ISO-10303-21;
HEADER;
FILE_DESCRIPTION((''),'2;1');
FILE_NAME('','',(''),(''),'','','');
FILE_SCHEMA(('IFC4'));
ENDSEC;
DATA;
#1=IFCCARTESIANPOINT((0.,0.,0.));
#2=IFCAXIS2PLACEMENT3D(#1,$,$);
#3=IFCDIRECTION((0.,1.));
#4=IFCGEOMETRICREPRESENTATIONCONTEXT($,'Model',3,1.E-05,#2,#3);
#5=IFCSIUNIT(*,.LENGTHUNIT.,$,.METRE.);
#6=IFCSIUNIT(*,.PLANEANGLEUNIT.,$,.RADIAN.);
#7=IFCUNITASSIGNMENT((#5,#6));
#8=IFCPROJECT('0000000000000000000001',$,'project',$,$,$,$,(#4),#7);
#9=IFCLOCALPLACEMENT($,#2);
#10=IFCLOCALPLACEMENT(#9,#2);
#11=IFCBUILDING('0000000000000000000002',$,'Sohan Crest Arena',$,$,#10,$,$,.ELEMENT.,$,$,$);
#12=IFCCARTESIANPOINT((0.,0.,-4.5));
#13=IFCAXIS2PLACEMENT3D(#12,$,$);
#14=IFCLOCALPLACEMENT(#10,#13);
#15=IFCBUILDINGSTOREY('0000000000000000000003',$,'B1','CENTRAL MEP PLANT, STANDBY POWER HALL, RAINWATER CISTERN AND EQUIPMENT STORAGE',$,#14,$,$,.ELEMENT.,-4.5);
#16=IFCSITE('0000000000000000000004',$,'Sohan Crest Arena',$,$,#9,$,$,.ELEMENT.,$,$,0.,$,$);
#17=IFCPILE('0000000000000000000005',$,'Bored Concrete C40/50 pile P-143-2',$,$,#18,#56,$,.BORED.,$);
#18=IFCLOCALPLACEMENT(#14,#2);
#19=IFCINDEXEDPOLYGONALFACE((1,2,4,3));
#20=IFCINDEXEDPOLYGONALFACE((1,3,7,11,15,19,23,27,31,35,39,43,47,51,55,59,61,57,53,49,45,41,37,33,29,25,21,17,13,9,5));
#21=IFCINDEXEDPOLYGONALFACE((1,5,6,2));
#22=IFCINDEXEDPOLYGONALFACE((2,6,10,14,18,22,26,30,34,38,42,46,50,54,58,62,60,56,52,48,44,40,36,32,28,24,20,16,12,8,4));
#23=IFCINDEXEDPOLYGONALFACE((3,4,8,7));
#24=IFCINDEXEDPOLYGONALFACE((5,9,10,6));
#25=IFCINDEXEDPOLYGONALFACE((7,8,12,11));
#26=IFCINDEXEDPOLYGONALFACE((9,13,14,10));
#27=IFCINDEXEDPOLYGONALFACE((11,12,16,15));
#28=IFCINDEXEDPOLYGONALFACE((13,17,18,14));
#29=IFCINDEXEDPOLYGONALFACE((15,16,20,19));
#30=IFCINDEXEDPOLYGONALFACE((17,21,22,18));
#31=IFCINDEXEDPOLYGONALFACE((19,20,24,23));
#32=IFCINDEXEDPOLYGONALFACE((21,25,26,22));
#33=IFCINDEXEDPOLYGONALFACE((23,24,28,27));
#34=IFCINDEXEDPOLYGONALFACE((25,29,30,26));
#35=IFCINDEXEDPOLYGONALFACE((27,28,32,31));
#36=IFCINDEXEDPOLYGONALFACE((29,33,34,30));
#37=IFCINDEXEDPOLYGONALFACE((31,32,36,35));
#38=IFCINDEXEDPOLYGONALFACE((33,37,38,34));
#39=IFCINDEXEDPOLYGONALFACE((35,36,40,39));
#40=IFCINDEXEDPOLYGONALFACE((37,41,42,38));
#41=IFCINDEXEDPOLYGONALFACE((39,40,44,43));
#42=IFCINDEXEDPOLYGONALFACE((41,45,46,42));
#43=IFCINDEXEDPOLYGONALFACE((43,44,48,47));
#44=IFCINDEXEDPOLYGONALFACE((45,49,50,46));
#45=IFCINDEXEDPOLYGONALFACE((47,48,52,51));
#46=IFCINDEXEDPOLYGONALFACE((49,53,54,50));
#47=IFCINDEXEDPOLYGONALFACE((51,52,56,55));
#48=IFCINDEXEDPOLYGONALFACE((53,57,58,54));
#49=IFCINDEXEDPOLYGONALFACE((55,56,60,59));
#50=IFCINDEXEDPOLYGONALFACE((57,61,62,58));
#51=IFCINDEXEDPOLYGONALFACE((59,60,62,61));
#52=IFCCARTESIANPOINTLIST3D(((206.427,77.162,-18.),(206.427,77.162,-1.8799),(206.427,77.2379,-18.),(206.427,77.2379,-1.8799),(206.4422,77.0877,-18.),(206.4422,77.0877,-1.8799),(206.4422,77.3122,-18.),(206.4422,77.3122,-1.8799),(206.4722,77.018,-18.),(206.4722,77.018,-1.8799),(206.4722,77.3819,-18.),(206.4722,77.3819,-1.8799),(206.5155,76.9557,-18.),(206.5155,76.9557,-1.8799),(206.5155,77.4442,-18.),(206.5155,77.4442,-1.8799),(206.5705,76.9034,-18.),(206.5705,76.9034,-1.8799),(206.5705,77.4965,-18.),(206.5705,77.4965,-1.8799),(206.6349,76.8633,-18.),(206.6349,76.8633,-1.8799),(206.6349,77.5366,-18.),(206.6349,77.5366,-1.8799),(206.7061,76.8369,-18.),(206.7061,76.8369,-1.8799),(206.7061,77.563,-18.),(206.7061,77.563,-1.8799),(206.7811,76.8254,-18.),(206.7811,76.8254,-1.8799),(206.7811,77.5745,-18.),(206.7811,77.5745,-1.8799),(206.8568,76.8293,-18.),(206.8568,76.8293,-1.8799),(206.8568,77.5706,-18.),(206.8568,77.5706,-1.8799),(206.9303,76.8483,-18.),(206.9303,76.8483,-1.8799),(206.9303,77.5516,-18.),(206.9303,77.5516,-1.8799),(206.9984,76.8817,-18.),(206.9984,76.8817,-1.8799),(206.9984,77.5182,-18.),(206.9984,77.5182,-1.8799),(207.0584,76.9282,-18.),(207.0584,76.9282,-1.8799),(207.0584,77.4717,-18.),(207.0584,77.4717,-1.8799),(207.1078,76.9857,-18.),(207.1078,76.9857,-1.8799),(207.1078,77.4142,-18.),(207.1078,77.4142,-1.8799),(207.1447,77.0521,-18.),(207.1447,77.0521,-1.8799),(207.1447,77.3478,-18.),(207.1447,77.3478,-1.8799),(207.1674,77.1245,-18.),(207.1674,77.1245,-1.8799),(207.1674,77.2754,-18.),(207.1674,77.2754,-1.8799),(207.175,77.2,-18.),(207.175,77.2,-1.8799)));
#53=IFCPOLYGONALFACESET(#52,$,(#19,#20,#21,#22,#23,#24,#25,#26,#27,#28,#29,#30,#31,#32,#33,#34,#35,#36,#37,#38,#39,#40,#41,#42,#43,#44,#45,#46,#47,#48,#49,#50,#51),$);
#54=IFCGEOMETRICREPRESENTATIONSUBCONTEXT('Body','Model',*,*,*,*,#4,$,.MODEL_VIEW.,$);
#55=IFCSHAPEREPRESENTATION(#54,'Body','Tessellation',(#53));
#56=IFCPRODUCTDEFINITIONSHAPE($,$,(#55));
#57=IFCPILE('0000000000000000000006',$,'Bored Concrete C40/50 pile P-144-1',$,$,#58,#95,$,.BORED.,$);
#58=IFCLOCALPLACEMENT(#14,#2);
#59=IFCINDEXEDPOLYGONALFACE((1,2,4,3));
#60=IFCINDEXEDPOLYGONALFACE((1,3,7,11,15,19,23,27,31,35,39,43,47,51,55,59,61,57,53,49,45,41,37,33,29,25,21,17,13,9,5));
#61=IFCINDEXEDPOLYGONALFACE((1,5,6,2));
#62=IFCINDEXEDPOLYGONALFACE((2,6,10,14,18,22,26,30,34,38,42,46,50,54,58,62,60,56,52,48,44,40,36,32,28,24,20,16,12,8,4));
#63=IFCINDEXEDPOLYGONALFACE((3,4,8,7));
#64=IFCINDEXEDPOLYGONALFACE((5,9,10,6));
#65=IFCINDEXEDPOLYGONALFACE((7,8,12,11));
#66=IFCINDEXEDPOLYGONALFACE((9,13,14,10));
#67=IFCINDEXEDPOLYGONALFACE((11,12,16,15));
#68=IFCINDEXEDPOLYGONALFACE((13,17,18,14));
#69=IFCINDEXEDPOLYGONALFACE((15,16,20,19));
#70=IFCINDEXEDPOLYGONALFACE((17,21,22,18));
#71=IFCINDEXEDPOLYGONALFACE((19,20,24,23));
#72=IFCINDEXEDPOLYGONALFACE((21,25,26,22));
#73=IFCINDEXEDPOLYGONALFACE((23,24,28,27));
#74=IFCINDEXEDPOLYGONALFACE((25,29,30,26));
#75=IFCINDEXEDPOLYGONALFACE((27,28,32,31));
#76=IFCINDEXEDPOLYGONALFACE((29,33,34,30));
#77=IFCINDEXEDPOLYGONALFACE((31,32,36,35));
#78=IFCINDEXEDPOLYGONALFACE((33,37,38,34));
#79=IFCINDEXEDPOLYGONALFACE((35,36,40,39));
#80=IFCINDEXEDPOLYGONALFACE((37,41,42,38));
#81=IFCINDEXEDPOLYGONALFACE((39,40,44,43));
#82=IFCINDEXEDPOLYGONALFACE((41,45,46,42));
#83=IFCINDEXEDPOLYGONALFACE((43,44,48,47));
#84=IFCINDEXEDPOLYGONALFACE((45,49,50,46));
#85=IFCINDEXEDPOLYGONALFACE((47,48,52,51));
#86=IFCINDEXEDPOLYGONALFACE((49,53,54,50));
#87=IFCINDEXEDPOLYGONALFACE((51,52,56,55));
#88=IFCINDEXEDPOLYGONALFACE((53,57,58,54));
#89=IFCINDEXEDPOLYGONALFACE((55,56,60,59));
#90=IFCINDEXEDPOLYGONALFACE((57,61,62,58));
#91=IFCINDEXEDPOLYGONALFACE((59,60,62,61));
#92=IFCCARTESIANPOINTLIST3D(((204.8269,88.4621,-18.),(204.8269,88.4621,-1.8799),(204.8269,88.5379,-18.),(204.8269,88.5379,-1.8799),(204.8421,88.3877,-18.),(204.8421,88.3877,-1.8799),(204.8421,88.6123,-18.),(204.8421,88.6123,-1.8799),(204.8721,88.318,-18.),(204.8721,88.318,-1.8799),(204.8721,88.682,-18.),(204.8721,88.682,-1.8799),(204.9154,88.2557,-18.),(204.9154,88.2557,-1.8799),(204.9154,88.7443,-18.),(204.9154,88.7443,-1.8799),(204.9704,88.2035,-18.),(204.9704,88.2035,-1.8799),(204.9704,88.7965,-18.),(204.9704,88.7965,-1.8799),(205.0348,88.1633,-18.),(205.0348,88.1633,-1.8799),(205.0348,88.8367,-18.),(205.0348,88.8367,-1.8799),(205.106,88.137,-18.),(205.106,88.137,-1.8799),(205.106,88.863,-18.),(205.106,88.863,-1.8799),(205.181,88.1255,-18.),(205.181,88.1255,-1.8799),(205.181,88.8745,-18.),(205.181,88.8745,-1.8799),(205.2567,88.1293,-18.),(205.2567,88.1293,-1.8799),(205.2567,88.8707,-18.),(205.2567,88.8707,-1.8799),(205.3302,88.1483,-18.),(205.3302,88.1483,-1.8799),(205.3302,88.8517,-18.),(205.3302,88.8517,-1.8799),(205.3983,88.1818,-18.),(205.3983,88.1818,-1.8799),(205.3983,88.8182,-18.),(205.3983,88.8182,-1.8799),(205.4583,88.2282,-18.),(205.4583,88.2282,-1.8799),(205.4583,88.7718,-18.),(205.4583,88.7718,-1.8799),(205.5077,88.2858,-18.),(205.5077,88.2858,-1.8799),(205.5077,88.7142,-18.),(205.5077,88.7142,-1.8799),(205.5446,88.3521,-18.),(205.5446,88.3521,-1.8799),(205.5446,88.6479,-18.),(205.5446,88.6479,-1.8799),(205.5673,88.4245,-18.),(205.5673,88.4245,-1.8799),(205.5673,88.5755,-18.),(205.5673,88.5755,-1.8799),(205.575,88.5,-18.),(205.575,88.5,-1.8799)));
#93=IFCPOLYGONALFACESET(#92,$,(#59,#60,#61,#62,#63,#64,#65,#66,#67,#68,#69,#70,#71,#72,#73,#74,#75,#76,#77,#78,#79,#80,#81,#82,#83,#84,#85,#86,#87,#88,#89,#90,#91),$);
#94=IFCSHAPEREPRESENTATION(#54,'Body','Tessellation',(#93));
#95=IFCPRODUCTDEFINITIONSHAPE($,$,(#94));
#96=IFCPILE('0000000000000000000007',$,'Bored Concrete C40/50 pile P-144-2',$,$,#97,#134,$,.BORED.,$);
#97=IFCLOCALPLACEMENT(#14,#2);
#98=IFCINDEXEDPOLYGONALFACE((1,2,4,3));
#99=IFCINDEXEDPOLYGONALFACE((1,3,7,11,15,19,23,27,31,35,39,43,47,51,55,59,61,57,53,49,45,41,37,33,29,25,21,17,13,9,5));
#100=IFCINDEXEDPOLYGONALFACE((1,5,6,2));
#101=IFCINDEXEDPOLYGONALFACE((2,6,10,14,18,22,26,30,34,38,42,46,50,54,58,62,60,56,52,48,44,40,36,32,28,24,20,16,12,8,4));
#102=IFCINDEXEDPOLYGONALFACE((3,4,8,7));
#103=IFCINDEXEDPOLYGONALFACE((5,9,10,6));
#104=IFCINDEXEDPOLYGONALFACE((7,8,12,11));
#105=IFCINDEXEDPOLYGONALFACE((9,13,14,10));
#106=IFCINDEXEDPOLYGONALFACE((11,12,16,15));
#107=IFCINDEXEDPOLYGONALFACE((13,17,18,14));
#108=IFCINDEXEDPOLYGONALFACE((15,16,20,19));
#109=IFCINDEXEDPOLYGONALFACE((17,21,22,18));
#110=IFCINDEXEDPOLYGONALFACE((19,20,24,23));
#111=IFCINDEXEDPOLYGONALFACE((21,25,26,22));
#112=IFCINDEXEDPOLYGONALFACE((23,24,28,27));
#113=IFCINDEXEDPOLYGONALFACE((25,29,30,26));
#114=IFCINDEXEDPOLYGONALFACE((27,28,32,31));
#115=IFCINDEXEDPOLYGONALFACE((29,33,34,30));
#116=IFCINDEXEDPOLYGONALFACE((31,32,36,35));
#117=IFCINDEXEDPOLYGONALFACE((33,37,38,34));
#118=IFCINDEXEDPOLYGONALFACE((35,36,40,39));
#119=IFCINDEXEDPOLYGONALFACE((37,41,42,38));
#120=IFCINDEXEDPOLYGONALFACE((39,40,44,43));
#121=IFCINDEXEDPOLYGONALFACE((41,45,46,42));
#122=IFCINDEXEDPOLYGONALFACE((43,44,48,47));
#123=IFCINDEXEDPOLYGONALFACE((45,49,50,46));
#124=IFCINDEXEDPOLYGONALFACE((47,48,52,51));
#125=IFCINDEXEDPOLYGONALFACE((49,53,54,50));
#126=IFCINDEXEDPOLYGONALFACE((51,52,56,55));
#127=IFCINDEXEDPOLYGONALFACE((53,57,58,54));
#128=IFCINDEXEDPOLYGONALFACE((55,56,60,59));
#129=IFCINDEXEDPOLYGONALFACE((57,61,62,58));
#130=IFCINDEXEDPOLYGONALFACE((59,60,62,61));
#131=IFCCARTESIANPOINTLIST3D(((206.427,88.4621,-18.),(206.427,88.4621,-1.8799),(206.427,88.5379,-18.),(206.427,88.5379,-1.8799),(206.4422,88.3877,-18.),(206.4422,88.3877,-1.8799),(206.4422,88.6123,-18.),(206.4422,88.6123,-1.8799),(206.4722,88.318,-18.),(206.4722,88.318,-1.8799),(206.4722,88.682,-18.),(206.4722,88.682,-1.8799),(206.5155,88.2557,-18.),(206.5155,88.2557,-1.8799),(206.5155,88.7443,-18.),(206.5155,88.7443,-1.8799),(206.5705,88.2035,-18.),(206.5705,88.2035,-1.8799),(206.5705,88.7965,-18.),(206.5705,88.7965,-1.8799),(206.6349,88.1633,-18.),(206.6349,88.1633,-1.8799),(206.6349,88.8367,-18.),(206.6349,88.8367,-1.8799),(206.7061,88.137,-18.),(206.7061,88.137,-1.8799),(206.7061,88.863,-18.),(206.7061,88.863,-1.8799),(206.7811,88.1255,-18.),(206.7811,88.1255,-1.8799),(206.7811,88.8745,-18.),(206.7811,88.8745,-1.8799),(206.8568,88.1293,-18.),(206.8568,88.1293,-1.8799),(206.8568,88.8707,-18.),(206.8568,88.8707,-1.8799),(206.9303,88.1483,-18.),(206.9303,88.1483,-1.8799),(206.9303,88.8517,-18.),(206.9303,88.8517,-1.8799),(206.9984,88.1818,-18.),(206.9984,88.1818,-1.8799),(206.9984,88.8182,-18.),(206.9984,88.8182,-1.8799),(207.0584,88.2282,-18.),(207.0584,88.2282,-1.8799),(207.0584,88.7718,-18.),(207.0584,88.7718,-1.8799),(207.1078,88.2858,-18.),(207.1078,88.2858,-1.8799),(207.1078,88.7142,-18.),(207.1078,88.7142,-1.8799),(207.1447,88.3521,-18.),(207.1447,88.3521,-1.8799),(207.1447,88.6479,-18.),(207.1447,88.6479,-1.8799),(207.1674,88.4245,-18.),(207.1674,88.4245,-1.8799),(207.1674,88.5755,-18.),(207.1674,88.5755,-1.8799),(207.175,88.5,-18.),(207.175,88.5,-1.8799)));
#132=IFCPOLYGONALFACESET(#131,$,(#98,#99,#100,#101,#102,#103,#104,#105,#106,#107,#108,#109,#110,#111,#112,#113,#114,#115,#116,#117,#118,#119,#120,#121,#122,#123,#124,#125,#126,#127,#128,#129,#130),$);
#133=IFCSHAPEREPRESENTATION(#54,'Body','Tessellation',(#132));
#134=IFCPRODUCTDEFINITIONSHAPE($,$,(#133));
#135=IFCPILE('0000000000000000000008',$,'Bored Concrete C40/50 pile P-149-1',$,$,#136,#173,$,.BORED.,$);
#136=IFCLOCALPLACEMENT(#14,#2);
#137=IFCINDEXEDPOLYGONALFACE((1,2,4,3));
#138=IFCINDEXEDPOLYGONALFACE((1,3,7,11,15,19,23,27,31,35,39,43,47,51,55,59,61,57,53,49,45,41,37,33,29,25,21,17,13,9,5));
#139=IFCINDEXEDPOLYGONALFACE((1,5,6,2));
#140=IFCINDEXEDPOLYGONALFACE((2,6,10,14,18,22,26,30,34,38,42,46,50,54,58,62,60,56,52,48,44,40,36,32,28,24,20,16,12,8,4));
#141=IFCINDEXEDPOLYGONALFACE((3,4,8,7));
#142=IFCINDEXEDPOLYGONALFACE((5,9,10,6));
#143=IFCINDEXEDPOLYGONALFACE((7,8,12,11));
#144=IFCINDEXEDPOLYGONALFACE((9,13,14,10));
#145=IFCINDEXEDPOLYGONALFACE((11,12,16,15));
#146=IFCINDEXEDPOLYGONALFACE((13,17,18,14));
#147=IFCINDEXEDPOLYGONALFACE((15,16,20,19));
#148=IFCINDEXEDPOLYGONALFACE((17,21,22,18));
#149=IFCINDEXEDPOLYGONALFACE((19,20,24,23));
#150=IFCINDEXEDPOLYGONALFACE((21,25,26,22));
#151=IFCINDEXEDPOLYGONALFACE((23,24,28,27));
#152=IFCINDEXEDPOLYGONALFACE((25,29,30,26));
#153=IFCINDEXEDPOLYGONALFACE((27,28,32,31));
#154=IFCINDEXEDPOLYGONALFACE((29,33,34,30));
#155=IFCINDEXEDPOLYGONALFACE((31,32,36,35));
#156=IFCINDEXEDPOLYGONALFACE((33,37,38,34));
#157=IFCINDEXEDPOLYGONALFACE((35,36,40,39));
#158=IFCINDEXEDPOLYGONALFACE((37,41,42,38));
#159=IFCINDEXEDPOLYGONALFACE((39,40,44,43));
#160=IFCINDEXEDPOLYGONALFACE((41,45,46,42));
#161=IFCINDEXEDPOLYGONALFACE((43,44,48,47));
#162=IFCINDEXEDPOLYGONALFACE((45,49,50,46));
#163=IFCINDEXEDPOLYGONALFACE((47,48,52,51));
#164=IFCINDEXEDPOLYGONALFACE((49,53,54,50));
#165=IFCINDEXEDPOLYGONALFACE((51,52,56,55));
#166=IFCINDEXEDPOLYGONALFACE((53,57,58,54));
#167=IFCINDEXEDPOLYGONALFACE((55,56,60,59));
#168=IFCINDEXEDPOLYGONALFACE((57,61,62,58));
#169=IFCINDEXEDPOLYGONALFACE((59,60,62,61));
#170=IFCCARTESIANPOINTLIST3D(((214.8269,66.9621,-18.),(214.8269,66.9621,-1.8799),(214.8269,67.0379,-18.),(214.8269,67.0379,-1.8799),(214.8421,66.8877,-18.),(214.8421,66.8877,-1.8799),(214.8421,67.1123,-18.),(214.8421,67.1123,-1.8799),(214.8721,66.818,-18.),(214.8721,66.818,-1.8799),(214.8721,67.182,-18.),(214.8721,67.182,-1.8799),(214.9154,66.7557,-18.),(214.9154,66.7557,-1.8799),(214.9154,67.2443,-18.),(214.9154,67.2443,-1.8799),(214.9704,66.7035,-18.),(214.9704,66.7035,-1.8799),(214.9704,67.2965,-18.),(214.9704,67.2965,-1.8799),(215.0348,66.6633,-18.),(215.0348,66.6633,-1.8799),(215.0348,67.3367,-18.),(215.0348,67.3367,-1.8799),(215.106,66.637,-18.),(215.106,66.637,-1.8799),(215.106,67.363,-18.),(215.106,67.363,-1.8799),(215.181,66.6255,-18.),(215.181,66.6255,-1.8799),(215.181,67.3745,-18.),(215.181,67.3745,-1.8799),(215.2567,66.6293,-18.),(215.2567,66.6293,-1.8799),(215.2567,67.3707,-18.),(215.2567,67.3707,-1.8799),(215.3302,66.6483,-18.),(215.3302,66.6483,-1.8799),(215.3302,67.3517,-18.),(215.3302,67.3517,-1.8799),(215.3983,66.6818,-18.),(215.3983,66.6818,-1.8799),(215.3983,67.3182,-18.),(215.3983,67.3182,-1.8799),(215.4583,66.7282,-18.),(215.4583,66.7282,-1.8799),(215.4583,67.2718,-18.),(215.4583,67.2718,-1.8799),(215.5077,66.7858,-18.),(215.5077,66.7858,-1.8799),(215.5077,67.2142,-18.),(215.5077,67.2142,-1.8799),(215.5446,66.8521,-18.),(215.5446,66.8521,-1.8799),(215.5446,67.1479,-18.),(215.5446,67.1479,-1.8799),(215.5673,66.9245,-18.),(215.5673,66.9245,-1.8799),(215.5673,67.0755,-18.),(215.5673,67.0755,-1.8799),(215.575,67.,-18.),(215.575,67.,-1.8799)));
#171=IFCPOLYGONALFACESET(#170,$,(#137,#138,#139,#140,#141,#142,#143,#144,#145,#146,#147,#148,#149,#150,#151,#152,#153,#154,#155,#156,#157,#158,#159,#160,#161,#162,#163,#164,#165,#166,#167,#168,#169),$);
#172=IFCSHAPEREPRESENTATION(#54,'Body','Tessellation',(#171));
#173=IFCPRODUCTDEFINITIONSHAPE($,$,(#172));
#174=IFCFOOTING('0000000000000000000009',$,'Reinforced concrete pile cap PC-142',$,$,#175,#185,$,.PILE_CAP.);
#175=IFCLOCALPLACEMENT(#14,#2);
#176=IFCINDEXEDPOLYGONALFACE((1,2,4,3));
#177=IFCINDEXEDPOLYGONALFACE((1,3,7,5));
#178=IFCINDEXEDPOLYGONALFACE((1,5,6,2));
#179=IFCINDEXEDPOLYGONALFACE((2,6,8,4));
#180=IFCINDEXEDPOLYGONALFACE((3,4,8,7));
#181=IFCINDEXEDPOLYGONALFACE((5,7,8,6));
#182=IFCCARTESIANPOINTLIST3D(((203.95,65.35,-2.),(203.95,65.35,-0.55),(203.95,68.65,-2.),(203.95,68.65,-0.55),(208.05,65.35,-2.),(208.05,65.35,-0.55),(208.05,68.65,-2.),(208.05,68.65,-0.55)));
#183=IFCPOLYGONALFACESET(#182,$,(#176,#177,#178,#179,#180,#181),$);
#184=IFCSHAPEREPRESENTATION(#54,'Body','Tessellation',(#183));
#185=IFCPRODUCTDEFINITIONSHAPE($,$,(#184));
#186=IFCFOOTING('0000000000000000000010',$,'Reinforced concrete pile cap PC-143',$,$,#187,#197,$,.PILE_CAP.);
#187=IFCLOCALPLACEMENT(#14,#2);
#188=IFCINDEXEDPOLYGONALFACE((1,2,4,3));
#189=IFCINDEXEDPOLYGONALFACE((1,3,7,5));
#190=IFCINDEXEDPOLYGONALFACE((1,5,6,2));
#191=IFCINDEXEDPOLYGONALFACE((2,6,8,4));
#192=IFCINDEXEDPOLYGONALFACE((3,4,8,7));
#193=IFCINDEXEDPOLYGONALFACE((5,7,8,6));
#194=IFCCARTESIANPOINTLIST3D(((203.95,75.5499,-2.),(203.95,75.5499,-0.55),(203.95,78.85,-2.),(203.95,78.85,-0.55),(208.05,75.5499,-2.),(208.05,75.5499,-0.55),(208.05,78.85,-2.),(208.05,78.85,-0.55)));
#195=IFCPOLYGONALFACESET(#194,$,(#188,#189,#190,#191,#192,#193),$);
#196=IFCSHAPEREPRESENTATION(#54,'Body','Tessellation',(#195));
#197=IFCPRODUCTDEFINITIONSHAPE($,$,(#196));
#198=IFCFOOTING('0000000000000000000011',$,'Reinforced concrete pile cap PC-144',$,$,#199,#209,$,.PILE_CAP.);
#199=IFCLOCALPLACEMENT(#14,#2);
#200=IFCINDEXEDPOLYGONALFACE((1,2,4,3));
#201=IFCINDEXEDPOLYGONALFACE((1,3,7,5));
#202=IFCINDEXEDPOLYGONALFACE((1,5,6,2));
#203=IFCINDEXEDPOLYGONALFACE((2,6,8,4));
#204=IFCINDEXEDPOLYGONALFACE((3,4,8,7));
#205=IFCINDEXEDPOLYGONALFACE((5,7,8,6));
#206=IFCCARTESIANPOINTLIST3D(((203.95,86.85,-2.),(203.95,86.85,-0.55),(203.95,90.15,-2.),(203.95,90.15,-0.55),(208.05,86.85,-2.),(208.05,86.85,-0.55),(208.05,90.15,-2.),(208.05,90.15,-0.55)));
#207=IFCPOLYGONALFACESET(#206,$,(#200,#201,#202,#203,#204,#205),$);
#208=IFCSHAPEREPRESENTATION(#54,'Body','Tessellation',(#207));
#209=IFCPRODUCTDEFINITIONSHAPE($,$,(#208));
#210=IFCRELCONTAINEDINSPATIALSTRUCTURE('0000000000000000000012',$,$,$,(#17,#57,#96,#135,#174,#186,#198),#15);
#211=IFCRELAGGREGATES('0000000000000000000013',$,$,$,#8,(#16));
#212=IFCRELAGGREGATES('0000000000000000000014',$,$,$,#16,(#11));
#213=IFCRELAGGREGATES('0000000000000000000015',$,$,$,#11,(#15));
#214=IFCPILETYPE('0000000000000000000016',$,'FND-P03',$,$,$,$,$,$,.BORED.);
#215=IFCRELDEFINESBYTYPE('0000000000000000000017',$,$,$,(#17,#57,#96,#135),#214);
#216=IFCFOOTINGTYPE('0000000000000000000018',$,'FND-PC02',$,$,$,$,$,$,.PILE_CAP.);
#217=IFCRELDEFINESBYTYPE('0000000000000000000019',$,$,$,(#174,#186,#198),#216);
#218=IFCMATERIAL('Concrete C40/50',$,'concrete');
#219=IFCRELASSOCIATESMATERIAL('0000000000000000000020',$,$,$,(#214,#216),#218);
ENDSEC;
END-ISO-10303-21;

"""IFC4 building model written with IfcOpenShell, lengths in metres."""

from ifc_helpers import new_model, si_unit, direction, frame, origin, origin_2d, place, context, subcontext, project, spatial, rectangle, circle, extrude, material, material_profile, profile_set, type_object, element, save


model = new_model("IFC4")

# Units and contexts
model_context = context("Model", 3, precision=1e-05, world=origin(), true_north=direction((0.0, 1.0)))
body_context = subcontext(model_context, "Body", "Model", "MODEL_VIEW")
ifc_project = project(units=[si_unit("LENGTHUNIT", "METRE"), si_unit("PLANEANGLEUNIT", "RADIAN")], contexts=[model_context])

# Site, building, storey
site_placement = place(None, origin())
site = spatial("IfcSite", under=ifc_project, at=site_placement, Name="Sohan Crest Arena", CompositionType="ELEMENT", RefElevation=0.0)
building_placement = place(site_placement, origin())
building = spatial("IfcBuilding", under=site, at=building_placement, Name="Sohan Crest Arena", CompositionType="ELEMENT")
storey_placement = place(building_placement, frame((0.0, 0.0, -4.5)))
storey = spatial("IfcBuildingStorey", under=building, at=storey_placement, Name="B1", Description="CENTRAL MEP PLANT, STANDBY POWER HALL, RAINWATER CISTERN AND EQUIPMENT STORAGE", CompositionType="ELEMENT", Elevation=-4.5)

# Shared definitions
ifc_material_1 = material(Name="Concrete C40/50", Category="concrete")

# Piles
ifc_material_profile_1 = material_profile(ifc_material_1, circle(Radius=0.375, at=origin_2d()), Name="PILE D750")
ifc_profile_set_1 = profile_set([ifc_material_profile_1], Name="Concrete C40/50")
pile_type = type_object("IfcPileType", Name="FND-P03", PredefinedType="BORED", material=ifc_profile_set_1)
for number, where, z_axis, x_axis, name in (
    (1, (206.8, 77.2, -18.0), (0.0, 0.0, 1.0), (1.0, 0.0, 0.0), "Bored Concrete C40/50 pile P-143-2"),
    (2, (205.2, 88.5, -18.0), (0.0, 0.0, 1.0), (1.0, 0.0, 0.0), "Bored Concrete C40/50 pile P-144-1"),
    (3, (206.8, 88.5, -18.0), (0.0, 0.0, 1.0), (1.0, 0.0, 0.0), "Bored Concrete C40/50 pile P-144-2"),
    (4, (215.2, 67.0, -18.0), (0.0, 0.0, 1.0), (1.0, 0.0, 0.0), "Bored Concrete C40/50 pile P-149-1"),
):
    element("IfcPile", number, at=place(storey_placement, frame(where, z_axis=z_axis, x_axis=x_axis)), inside=storey, type_object=pile_type, Name=name, PredefinedType="BORED", context=body_context, shape_type="SweptSolid", body=[
        extrude(circle(Radius=0.375, at=origin_2d()), origin(), (0.0, 0.0, 1.0), 16.1201),
    ])

# Footings
footing_type_1 = type_object("IfcFootingType", Name="FND-PC02", PredefinedType="PILE_CAP", material=ifc_material_1)
for number, where, z_axis, x_axis, name in (
    (5, (206.0, 67.0, -2.0), (0.0, 0.0, 1.0), (1.0, 0.0, 0.0), "Reinforced concrete pile cap PC-142"),
    (6, (206.0, 77.2, -2.0), (0.0, 0.0, 1.0), (1.0, 0.0, 0.0), "Reinforced concrete pile cap PC-143"),
    (7, (206.0, 88.5, -2.0), (0.0, 0.0, 1.0), (1.0, 0.0, 0.0), "Reinforced concrete pile cap PC-144"),
):
    element("IfcFooting", number, at=place(storey_placement, frame(where, z_axis=z_axis, x_axis=x_axis)), inside=storey, type_object=footing_type_1, Name=name, PredefinedType="PILE_CAP", context=body_context, shape_type="SweptSolid", body=[
        extrude(rectangle(XDim=4.1001, YDim=3.3, at=origin_2d()), origin(), (0.0, 0.0, 1.0), 1.45),
    ])

save(model, "model.ifc")
